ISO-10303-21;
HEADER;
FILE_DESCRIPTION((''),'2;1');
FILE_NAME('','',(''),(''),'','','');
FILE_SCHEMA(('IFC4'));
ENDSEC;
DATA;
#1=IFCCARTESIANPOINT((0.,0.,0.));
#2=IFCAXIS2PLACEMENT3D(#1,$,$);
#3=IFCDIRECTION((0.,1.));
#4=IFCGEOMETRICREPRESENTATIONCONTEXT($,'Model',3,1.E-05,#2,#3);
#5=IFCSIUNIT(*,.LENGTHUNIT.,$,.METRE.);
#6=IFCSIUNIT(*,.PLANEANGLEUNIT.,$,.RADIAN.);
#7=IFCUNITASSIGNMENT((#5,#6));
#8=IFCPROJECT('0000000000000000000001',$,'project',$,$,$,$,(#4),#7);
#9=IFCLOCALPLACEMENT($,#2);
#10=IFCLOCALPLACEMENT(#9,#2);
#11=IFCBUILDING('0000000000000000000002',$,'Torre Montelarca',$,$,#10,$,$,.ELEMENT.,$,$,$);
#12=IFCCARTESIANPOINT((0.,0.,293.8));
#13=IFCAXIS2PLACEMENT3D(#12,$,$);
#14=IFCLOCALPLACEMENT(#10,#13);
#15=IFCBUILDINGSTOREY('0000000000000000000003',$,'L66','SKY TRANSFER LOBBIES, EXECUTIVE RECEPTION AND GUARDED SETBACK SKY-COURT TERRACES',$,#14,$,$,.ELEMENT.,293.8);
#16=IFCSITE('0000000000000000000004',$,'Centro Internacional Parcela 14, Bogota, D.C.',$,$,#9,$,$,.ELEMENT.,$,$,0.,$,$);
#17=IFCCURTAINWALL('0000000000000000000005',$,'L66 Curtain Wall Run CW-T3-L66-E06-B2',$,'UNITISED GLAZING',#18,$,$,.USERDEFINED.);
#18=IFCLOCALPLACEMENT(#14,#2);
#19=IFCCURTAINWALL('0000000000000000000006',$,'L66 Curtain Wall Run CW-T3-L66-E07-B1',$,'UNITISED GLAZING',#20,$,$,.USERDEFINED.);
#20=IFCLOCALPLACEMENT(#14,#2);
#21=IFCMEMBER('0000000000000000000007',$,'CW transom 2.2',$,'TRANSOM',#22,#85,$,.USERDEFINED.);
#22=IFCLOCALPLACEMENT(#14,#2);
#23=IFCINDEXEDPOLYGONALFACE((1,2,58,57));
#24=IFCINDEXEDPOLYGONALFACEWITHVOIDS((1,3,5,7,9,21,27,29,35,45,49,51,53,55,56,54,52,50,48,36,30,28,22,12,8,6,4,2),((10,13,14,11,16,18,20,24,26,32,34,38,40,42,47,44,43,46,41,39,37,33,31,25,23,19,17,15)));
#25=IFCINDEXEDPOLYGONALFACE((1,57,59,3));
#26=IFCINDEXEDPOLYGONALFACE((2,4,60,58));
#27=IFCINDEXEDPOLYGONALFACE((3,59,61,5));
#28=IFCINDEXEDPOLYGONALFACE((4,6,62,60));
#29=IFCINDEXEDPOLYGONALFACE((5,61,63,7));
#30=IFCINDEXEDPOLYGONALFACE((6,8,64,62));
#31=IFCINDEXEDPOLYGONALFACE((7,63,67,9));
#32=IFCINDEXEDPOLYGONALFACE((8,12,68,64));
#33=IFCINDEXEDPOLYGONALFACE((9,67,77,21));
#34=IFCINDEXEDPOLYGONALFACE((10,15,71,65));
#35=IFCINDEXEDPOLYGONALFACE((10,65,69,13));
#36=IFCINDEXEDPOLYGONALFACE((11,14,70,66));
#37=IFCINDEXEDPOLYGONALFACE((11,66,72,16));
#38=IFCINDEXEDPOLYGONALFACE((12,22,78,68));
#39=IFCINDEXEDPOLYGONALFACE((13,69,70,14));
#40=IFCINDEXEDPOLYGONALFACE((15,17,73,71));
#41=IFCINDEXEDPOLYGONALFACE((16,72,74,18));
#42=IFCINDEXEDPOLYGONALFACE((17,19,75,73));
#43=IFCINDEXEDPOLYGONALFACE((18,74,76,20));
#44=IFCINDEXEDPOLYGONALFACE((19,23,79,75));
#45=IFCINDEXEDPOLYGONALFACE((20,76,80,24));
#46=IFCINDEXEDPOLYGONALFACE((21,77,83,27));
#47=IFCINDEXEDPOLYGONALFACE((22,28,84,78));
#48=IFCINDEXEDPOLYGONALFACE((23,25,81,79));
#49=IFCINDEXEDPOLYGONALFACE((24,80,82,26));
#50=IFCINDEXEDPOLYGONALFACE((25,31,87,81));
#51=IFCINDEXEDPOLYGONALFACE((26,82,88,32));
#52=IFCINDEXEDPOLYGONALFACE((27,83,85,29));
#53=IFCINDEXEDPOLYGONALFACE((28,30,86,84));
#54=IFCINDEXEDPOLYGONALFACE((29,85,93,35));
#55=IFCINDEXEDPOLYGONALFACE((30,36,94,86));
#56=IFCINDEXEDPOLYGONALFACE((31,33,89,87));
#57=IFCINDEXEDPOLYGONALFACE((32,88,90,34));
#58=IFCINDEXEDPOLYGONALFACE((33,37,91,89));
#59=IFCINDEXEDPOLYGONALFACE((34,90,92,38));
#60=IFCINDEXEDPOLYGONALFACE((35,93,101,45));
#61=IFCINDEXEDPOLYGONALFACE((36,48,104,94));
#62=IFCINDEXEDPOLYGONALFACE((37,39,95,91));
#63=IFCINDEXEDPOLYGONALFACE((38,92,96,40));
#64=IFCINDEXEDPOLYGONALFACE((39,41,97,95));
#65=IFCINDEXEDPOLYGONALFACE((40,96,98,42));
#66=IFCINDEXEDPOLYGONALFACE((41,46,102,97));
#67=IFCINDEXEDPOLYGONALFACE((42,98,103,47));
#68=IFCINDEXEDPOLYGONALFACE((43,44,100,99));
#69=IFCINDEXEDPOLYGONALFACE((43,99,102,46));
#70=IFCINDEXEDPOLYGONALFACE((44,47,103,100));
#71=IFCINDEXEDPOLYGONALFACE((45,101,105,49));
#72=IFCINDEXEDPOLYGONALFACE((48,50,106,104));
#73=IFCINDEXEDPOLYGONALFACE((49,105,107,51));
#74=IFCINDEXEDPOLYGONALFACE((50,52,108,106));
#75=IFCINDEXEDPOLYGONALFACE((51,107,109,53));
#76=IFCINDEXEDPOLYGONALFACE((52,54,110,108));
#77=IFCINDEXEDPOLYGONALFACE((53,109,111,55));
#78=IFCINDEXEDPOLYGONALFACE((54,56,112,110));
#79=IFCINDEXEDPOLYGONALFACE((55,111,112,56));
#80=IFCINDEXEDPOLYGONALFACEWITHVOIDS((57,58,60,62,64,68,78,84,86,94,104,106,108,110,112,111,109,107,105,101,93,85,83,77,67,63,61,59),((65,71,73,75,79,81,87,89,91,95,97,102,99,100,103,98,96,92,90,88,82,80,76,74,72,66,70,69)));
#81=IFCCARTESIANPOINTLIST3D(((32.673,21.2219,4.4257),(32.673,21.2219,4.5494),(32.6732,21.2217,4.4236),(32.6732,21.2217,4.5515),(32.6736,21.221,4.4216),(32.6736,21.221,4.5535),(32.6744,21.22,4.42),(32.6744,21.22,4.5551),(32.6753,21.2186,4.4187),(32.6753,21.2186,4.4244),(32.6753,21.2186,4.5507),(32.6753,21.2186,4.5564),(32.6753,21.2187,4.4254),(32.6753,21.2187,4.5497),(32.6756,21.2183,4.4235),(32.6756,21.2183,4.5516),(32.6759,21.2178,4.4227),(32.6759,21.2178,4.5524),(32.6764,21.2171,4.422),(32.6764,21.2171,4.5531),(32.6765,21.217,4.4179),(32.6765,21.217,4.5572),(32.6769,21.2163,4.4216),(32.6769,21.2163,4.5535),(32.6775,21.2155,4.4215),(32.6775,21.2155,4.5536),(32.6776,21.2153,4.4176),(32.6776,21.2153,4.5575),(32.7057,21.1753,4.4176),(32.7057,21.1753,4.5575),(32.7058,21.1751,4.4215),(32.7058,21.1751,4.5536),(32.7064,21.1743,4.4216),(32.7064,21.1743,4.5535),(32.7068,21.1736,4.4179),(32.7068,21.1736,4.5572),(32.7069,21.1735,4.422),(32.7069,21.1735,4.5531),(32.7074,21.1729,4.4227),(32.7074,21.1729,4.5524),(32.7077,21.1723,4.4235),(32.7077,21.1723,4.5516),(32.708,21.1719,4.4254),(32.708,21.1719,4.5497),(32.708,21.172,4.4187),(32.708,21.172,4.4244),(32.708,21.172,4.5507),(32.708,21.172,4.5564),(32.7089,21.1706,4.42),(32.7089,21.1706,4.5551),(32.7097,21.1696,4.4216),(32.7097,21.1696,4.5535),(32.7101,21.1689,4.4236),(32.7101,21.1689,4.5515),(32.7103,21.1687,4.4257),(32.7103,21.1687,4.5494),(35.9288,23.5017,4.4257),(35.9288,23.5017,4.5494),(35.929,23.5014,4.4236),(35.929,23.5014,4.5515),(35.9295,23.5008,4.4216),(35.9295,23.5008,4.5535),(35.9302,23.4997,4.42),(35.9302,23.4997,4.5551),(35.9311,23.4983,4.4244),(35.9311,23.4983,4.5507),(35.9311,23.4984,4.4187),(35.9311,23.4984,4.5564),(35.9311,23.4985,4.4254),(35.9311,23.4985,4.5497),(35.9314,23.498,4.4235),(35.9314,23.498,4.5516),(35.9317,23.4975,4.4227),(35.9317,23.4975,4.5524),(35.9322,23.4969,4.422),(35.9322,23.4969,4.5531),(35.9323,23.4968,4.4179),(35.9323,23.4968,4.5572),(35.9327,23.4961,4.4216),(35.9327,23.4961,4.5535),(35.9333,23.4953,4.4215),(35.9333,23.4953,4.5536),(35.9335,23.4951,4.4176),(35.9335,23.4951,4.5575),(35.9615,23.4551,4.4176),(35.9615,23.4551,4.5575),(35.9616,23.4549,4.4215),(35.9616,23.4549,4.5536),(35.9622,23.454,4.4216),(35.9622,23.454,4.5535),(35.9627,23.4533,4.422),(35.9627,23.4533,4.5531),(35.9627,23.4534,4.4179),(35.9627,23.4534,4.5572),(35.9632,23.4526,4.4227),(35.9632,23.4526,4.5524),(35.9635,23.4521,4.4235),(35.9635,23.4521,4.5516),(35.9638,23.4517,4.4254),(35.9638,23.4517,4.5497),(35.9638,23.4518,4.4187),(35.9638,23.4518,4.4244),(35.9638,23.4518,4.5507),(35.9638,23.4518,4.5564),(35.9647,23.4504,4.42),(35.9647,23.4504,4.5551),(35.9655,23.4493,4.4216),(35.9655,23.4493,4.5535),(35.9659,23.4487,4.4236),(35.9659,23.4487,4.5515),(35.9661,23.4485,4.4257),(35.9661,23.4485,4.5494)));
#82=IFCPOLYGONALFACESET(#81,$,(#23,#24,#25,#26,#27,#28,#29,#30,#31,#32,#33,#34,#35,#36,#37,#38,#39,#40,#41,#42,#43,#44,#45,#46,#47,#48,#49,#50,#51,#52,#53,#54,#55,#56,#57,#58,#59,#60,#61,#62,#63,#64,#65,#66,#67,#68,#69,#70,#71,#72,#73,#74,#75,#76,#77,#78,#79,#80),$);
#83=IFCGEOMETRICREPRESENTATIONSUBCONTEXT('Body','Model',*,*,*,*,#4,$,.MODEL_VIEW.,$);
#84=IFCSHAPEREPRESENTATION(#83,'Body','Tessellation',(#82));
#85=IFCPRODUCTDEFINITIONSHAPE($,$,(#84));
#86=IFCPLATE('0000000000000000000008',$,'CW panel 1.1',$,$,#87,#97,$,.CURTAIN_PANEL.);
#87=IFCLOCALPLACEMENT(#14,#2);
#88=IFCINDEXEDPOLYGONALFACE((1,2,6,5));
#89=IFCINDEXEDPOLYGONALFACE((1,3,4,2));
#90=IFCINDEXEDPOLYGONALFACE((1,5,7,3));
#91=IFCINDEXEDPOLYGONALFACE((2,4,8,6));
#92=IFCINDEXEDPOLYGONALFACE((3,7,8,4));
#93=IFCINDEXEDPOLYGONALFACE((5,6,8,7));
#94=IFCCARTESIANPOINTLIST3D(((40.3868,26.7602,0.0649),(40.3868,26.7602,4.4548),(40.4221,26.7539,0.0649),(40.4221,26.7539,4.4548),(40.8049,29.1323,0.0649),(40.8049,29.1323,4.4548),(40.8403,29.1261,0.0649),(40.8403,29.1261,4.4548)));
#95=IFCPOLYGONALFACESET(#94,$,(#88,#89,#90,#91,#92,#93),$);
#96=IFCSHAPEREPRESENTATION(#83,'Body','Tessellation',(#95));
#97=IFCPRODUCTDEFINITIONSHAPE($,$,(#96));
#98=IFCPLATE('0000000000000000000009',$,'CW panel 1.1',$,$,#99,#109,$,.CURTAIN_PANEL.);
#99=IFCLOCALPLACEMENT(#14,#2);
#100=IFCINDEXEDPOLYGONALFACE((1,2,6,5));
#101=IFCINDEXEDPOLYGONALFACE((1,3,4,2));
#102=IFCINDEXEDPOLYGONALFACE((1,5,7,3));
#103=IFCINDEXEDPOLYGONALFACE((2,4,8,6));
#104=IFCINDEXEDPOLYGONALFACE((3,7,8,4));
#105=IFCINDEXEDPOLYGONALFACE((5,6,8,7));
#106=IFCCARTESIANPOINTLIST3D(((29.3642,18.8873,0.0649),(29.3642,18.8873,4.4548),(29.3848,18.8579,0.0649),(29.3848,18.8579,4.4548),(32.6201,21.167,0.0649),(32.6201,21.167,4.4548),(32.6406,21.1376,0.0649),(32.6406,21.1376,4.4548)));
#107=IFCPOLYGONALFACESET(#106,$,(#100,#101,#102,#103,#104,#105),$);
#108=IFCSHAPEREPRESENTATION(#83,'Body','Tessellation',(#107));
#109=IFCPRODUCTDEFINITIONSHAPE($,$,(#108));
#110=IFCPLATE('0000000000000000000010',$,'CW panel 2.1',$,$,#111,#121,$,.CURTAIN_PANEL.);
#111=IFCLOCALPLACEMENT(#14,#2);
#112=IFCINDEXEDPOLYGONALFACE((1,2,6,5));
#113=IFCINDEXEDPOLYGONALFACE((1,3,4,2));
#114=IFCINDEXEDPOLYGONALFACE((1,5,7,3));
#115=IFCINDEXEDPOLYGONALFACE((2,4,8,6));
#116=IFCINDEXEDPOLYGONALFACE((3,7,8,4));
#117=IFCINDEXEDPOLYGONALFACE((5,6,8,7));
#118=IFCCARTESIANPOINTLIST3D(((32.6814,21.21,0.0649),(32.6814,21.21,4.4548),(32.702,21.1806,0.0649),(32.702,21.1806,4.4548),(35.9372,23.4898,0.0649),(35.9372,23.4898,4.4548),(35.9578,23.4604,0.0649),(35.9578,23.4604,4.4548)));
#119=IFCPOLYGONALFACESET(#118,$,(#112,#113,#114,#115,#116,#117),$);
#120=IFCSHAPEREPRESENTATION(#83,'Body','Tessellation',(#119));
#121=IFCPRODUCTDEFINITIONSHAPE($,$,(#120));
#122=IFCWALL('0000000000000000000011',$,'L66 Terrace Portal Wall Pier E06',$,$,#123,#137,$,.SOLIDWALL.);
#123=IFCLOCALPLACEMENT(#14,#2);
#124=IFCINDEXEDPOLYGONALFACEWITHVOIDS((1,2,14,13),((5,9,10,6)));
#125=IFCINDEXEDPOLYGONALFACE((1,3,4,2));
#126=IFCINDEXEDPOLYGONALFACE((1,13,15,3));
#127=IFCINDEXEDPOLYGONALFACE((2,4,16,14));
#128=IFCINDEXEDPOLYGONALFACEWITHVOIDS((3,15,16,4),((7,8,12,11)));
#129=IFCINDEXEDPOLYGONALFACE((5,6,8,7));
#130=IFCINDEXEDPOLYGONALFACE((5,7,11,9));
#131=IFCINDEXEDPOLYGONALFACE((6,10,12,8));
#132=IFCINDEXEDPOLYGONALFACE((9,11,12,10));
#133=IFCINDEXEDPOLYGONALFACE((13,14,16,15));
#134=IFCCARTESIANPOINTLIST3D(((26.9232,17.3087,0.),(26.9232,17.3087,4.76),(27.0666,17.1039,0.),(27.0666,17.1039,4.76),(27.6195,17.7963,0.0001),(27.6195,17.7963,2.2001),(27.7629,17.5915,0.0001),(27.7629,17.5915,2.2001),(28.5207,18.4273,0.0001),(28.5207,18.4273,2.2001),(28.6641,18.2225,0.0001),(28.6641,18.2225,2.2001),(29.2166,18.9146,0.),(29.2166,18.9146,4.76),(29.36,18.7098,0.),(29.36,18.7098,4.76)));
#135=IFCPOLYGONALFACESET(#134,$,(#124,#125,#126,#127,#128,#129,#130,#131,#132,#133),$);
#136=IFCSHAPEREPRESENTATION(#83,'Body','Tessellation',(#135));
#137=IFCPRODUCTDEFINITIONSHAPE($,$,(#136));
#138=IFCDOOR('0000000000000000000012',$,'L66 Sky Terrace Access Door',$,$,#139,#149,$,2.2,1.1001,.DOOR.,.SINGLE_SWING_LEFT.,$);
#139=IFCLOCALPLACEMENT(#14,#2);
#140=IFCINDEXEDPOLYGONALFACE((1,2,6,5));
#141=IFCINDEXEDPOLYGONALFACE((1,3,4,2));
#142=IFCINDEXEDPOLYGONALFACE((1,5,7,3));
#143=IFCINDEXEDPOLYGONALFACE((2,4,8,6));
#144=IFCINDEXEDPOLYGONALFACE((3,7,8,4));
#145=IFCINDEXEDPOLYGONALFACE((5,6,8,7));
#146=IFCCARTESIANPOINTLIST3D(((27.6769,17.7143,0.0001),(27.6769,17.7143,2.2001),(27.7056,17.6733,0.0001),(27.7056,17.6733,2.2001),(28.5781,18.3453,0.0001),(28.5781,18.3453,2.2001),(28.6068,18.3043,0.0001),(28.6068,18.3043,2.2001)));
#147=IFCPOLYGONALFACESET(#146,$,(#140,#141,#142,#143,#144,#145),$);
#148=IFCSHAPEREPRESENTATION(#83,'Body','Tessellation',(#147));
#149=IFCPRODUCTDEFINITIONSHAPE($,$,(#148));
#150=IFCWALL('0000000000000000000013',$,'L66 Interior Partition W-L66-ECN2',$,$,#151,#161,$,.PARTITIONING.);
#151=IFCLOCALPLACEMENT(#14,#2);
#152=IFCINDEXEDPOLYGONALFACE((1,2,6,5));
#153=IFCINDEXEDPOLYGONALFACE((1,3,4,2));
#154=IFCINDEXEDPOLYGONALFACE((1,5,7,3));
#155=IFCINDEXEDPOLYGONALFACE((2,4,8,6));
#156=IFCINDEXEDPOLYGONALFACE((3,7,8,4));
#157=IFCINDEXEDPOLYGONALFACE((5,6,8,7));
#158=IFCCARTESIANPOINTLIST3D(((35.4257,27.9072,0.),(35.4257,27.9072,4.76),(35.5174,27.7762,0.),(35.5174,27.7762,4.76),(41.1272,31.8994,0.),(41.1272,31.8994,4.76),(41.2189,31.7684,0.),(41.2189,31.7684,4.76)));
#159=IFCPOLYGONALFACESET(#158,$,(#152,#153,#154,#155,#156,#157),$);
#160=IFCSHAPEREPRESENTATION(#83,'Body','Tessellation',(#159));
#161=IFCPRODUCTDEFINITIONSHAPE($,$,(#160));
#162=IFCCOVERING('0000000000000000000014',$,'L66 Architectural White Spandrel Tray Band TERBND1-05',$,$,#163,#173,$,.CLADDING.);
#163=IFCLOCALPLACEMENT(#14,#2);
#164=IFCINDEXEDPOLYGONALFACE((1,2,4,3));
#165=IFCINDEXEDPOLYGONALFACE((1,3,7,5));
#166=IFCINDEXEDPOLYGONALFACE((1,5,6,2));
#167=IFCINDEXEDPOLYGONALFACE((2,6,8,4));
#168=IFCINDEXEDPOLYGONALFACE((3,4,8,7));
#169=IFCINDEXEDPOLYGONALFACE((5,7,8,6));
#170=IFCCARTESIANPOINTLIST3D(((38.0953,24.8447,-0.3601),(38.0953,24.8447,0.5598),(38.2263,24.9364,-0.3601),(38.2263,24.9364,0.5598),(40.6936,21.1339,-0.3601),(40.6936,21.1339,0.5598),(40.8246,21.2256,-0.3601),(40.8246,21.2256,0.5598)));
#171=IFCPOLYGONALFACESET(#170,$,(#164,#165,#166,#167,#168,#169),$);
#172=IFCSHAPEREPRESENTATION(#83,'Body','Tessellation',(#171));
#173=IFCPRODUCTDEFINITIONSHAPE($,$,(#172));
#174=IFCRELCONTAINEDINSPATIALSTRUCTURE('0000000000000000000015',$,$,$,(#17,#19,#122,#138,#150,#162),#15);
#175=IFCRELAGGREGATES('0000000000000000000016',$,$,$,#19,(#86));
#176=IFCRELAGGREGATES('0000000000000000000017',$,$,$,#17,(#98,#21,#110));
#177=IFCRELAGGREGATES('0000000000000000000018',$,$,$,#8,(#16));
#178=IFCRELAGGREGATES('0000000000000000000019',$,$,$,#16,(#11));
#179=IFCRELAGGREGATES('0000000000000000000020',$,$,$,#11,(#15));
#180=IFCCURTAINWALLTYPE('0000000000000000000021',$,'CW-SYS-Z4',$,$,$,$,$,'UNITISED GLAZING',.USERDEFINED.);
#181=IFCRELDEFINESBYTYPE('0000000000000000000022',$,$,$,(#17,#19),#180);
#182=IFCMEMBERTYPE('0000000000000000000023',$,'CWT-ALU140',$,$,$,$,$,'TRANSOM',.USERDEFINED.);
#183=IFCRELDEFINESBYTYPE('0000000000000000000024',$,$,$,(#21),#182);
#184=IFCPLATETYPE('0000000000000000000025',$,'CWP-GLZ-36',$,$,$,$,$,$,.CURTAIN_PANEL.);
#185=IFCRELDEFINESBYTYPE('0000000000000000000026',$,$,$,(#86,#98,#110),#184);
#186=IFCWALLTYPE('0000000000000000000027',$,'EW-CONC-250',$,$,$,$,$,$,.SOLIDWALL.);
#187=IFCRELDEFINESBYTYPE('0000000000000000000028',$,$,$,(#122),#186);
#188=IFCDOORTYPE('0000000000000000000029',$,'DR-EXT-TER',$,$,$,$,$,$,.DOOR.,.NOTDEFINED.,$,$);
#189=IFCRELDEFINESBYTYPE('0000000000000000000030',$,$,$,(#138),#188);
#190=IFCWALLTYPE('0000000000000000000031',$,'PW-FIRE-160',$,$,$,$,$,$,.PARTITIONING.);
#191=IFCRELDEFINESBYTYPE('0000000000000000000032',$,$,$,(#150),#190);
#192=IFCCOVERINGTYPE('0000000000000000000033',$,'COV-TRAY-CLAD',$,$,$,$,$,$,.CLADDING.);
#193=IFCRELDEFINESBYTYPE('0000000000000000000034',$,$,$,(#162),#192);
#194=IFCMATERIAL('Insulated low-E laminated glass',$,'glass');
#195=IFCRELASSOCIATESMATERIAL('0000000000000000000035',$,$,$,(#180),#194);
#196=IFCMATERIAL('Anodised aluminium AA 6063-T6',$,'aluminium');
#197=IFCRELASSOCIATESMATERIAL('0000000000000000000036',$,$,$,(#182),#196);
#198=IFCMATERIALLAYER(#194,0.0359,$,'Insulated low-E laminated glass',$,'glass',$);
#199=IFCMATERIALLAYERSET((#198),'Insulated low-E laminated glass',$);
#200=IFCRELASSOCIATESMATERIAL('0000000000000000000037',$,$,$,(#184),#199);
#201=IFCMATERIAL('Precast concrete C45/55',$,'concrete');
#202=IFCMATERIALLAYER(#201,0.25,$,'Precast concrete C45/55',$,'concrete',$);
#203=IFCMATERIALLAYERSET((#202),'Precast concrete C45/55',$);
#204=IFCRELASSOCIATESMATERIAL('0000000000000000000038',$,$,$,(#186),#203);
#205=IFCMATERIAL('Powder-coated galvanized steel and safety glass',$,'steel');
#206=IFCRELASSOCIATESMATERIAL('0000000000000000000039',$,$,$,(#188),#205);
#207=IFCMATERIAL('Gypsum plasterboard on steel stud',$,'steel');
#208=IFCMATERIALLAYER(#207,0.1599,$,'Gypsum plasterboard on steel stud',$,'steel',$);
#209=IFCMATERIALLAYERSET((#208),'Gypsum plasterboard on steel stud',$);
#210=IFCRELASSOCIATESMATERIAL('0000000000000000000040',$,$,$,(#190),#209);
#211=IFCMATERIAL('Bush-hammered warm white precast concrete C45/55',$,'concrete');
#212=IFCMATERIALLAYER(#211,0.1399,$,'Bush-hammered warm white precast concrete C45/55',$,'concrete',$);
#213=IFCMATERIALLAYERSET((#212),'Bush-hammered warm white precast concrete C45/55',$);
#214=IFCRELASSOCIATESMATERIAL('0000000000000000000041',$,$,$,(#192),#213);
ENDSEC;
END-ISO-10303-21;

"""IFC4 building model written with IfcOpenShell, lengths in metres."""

from ifc_helpers import new_model, si_unit, direction, frame, frame_2d, origin, origin_2d, place, context, subcontext, project, spatial, rectangle, hollow_rectangle, extrude, source, transform, mapped, material, layer, layer_set, material_profile, profile_set, type_object, element, fill, aggregate, save


model = new_model("IFC4")

# Units and contexts
model_context = context("Model", 3, precision=1e-05, world=origin(), true_north=direction((0.0, 1.0)))
body_context = subcontext(model_context, "Body", "Model", "MODEL_VIEW")
ifc_project = project(units=[si_unit("LENGTHUNIT", "METRE"), si_unit("PLANEANGLEUNIT", "RADIAN")], contexts=[model_context])

# Site, building, storey
site_placement = place(None, origin())
site = spatial("IfcSite", under=ifc_project, at=site_placement, Name="Centro Internacional Parcela 14, Bogota, D.C.", CompositionType="ELEMENT", RefElevation=0.0)
building_placement = place(site_placement, origin())
building = spatial("IfcBuilding", under=site, at=building_placement, Name="Torre Montelarca", CompositionType="ELEMENT")
storey_placement = place(building_placement, frame((0.0, 0.0, 293.8)))
storey = spatial("IfcBuildingStorey", under=building, at=storey_placement, Name="L66", Description="SKY TRANSFER LOBBIES, EXECUTIVE RECEPTION AND GUARDED SETBACK SKY-COURT TERRACES", CompositionType="ELEMENT", Elevation=293.8)

# Shared definitions
ifc_material_1 = material(Name="Insulated low-E laminated glass", Category="glass")
curtain_wall_type = type_object("IfcCurtainWallType", Name="CW-SYS-Z4", ElementType="UNITISED GLAZING", PredefinedType="USERDEFINED", material=ifc_material_1)
ifc_material_2 = material(Name="Anodised aluminium AA 6063-T6", Category="aluminium")

# Curtain walls
curtain_wall_1_placement = place(storey_placement, origin())
curtain_wall_1 = element("IfcCurtainWall", 1, at=curtain_wall_1_placement, inside=storey, type_object=curtain_wall_type, Name="L66 Curtain Wall Run CW-T3-L66-E06-B2", ObjectType="UNITISED GLAZING", PredefinedType="USERDEFINED")
curtain_wall_2_placement = place(storey_placement, origin())
curtain_wall_2 = element("IfcCurtainWall", 2, at=curtain_wall_2_placement, inside=storey, type_object=curtain_wall_type, Name="L66 Curtain Wall Run CW-T3-L66-E07-B1", ObjectType="UNITISED GLAZING", PredefinedType="USERDEFINED")
ifc_material_profile_1 = material_profile(ifc_material_2, hollow_rectangle(XDim=0.0649, YDim=0.1399, WallThickness=0.0039, InnerFilletRadius=0.0039, OuterFilletRadius=0.0081, at=origin_2d()), Name="ALU65X140X4", Category="aluminium")
ifc_profile_set_1 = profile_set([ifc_material_profile_1], Name="Anodised aluminium AA 6063-T6")
member_type_1 = type_object("IfcMemberType", Name="CWT-ALU140", ElementType="TRANSOM", PredefinedType="USERDEFINED", material=ifc_profile_set_1)

# Member
shared_shape_1 = source(origin(), body_context, "Body", "SweptSolid", [
    extrude(hollow_rectangle(XDim=0.0649, YDim=0.1399, WallThickness=0.0039, InnerFilletRadius=0.0039, OuterFilletRadius=0.0081, at=origin_2d()), origin(), (0.0, 0.0, 1.0), 3.9746),
])
member_1_placement = place(storey_placement, frame((32.6917, 21.1953, 4.4875), z_axis=(0.819151, 0.573578, 0.0), x_axis=(-0.573578, 0.819151, 0.0)))
member_1 = element("IfcMember", 3, at=member_1_placement, type_object=member_type_1, Name="CW transom 2.2", ObjectType="TRANSOM", PredefinedType="USERDEFINED", context=body_context, shape_type="MappedRepresentation", body=[
    mapped(shared_shape_1, transform((0.0, 0.0, 0.0), scale=1.0)),
])

# Plates
ifc_layer_1 = layer(ifc_material_1, 0.0359, Name="Insulated low-E laminated glass", Category="glass")
ifc_layer_set_1 = layer_set([ifc_layer_1], Name="Insulated low-E laminated glass")
plate_type = type_object("IfcPlateType", Name="CWP-GLZ-36", PredefinedType="CURTAIN_PANEL", material=ifc_layer_set_1)
shared_shape_2 = source(origin(), body_context, "Body", "SweptSolid", [
    extrude(rectangle(XDim=2.4087, YDim=0.0359, at=origin_2d()), origin(), (0.0, 0.0, 1.0), 4.3899),
])
plate_1_placement = place(storey_placement, frame((40.6135, 27.9431, 0.0649), z_axis=(0.0, 0.0, 1.0), x_axis=(0.173612, 0.984814, 0.0)))
plate_1 = element("IfcPlate", 4, at=plate_1_placement, type_object=plate_type, Name="CW panel 1.1", PredefinedType="CURTAIN_PANEL", context=body_context, shape_type="MappedRepresentation", body=[
    mapped(shared_shape_2, transform((0.0, 0.0, 0.0), scale=1.0)),
])
aggregate(curtain_wall_2, [plate_1])
shared_shape_3 = source(origin(), body_context, "Body", "SweptSolid", [
    extrude(rectangle(XDim=3.9746, YDim=0.0359, at=origin_2d()), origin(), (0.0, 0.0, 1.0), 4.3899),
])
plate_2_placement = place(storey_placement, frame((31.0024, 20.0125, 0.0649), z_axis=(0.0, 0.0, 1.0), x_axis=(0.819157, 0.573569, 0.0)))
plate_2 = element("IfcPlate", 5, at=plate_2_placement, type_object=plate_type, Name="CW panel 1.1", PredefinedType="CURTAIN_PANEL", context=body_context, shape_type="MappedRepresentation", body=[
    mapped(shared_shape_3, transform((0.0, 0.0, 0.0), scale=1.0)),
])
plate_3_placement = place(storey_placement, frame((34.3196, 22.3352, 0.0649), z_axis=(0.0, 0.0, 1.0), x_axis=(0.819157, 0.573569, 0.0)))
plate_3 = element("IfcPlate", 6, at=plate_3_placement, type_object=plate_type, Name="CW panel 2.1", PredefinedType="CURTAIN_PANEL", context=body_context, shape_type="MappedRepresentation", body=[
    mapped(shared_shape_3, transform((0.0, 0.0, 0.0), scale=1.0)),
])
aggregate(curtain_wall_1, [plate_2, member_1, plate_3])

# Wall, opening, door
ifc_material_3 = material(Name="Precast concrete C45/55", Category="concrete")
ifc_layer_2 = layer(ifc_material_3, 0.25, Name="Precast concrete C45/55", Category="concrete")
ifc_layer_set_2 = layer_set([ifc_layer_2], Name="Precast concrete C45/55")
wall_type_1 = type_object("IfcWallType", Name="EW-CONC-250", PredefinedType="SOLIDWALL", material=ifc_layer_set_2)
wall_1_placement = place(storey_placement, frame((26.9949, 17.2063, 0.0), z_axis=(0.0, 0.0, 1.0), x_axis=(0.819142, 0.573591, 0.0)))
wall_1 = element("IfcWall", 7, at=wall_1_placement, inside=storey, type_object=wall_type_1, Name="L66 Terrace Portal Wall Pier E06", PredefinedType="SOLIDWALL", context=body_context, shape_type="SweptSolid", body=[
    extrude(rectangle(XDim=2.7998, YDim=0.25, at=frame_2d((1.3999, 0.0))), origin(), (0.0, 0.0, 1.0), 4.76),
])
opening_placement = place(wall_1_placement, frame((0.8501, 0.0, 0.0)))
opening = element("IfcOpeningElement", 8, at=opening_placement, cuts=wall_1, PredefinedType="OPENING", context=body_context, shape_type="SweptSolid", body=[
    extrude(rectangle(XDim=1.1001, YDim=2.2, at=frame_2d((0.55, 1.1001))), frame((0.0, 0.135, 0.0), z_axis=(0.0, -1.0, 0.0), x_axis=(1.0, 0.0, 0.0)), (0.0, 0.0, 1.0), 0.27),
])
ifc_material_4 = material(Name="Powder-coated galvanized steel and safety glass", Category="steel")
door_type = type_object("IfcDoorType", Name="DR-EXT-TER", OperationType="NOTDEFINED", PredefinedType="DOOR", material=ifc_material_4)
shared_shape_4 = source(origin(), body_context, "Body", "SweptSolid", [
    extrude(rectangle(XDim=1.1001, YDim=2.2, at=frame_2d((0.55, 1.1001))), frame((0.0, 0.0249, 0.0), z_axis=(0.0, -1.0, 0.0), x_axis=(1.0, 0.0, 0.0)), (0.0, 0.0, 1.0), 0.05),
])
door_placement = place(opening_placement, origin())
door = element("IfcDoor", 9, at=door_placement, inside=storey, type_object=door_type, Name="L66 Sky Terrace Access Door", OperationType="SINGLE_SWING_LEFT", OverallHeight=2.2, OverallWidth=1.1001, PredefinedType="DOOR", context=body_context, shape_type="MappedRepresentation", body=[
    mapped(shared_shape_4, transform((0.0, 0.0, 0.0), scale=1.0)),
])
fill(opening, door)

# Wall
ifc_material_5 = material(Name="Gypsum plasterboard on steel stud", Category="steel")
ifc_layer_3 = layer(ifc_material_5, 0.1599, Name="Gypsum plasterboard on steel stud", Category="steel")
ifc_layer_set_3 = layer_set([ifc_layer_3], Name="Gypsum plasterboard on steel stud")
wall_type_2 = type_object("IfcWallType", Name="PW-FIRE-160", PredefinedType="PARTITIONING", material=ifc_layer_set_3)
wall_2_placement = place(storey_placement, frame((35.4717, 27.8418, 0.0), z_axis=(0.0, 0.0, 1.0), x_axis=(0.819151, 0.573578, 0.0)))
element("IfcWall", 10, at=wall_2_placement, inside=storey, type_object=wall_type_2, Name="L66 Interior Partition W-L66-ECN2", PredefinedType="PARTITIONING", context=body_context, shape_type="SweptSolid", body=[
    extrude(rectangle(XDim=6.9602, YDim=0.1599, at=frame_2d((3.48, 0.0))), origin(), (0.0, 0.0, 1.0), 4.76),
])

# Covering
ifc_material_6 = material(Name="Bush-hammered warm white precast concrete C45/55", Category="concrete")
ifc_layer_4 = layer(ifc_material_6, 0.1399, Name="Bush-hammered warm white precast concrete C45/55", Category="concrete")
ifc_layer_set_4 = layer_set([ifc_layer_4], Name="Bush-hammered warm white precast concrete C45/55")
covering_type = type_object("IfcCoveringType", Name="COV-TRAY-CLAD", PredefinedType="CLADDING", material=ifc_layer_set_4)
shared_shape_5 = source(origin(), body_context, "Body", "SweptSolid", [
    extrude(rectangle(XDim=4.53, YDim=0.1599, at=origin_2d()), origin(), (0.0, 0.0, 1.0), 0.9199),
])
covering_1_placement = place(storey_placement, frame((39.46, 23.0352, -0.3601), z_axis=(0.0, 0.0, 1.0), x_axis=(-0.573561, 0.819163, 0.0)))
element("IfcCovering", 11, at=covering_1_placement, inside=storey, type_object=covering_type, Name="L66 Architectural White Spandrel Tray Band TERBND1-05", PredefinedType="CLADDING", context=body_context, shape_type="MappedRepresentation", body=[
    mapped(shared_shape_5, transform((0.0, 0.0, 0.0), scale=1.0)),
])

save(model, "model.ifc")
